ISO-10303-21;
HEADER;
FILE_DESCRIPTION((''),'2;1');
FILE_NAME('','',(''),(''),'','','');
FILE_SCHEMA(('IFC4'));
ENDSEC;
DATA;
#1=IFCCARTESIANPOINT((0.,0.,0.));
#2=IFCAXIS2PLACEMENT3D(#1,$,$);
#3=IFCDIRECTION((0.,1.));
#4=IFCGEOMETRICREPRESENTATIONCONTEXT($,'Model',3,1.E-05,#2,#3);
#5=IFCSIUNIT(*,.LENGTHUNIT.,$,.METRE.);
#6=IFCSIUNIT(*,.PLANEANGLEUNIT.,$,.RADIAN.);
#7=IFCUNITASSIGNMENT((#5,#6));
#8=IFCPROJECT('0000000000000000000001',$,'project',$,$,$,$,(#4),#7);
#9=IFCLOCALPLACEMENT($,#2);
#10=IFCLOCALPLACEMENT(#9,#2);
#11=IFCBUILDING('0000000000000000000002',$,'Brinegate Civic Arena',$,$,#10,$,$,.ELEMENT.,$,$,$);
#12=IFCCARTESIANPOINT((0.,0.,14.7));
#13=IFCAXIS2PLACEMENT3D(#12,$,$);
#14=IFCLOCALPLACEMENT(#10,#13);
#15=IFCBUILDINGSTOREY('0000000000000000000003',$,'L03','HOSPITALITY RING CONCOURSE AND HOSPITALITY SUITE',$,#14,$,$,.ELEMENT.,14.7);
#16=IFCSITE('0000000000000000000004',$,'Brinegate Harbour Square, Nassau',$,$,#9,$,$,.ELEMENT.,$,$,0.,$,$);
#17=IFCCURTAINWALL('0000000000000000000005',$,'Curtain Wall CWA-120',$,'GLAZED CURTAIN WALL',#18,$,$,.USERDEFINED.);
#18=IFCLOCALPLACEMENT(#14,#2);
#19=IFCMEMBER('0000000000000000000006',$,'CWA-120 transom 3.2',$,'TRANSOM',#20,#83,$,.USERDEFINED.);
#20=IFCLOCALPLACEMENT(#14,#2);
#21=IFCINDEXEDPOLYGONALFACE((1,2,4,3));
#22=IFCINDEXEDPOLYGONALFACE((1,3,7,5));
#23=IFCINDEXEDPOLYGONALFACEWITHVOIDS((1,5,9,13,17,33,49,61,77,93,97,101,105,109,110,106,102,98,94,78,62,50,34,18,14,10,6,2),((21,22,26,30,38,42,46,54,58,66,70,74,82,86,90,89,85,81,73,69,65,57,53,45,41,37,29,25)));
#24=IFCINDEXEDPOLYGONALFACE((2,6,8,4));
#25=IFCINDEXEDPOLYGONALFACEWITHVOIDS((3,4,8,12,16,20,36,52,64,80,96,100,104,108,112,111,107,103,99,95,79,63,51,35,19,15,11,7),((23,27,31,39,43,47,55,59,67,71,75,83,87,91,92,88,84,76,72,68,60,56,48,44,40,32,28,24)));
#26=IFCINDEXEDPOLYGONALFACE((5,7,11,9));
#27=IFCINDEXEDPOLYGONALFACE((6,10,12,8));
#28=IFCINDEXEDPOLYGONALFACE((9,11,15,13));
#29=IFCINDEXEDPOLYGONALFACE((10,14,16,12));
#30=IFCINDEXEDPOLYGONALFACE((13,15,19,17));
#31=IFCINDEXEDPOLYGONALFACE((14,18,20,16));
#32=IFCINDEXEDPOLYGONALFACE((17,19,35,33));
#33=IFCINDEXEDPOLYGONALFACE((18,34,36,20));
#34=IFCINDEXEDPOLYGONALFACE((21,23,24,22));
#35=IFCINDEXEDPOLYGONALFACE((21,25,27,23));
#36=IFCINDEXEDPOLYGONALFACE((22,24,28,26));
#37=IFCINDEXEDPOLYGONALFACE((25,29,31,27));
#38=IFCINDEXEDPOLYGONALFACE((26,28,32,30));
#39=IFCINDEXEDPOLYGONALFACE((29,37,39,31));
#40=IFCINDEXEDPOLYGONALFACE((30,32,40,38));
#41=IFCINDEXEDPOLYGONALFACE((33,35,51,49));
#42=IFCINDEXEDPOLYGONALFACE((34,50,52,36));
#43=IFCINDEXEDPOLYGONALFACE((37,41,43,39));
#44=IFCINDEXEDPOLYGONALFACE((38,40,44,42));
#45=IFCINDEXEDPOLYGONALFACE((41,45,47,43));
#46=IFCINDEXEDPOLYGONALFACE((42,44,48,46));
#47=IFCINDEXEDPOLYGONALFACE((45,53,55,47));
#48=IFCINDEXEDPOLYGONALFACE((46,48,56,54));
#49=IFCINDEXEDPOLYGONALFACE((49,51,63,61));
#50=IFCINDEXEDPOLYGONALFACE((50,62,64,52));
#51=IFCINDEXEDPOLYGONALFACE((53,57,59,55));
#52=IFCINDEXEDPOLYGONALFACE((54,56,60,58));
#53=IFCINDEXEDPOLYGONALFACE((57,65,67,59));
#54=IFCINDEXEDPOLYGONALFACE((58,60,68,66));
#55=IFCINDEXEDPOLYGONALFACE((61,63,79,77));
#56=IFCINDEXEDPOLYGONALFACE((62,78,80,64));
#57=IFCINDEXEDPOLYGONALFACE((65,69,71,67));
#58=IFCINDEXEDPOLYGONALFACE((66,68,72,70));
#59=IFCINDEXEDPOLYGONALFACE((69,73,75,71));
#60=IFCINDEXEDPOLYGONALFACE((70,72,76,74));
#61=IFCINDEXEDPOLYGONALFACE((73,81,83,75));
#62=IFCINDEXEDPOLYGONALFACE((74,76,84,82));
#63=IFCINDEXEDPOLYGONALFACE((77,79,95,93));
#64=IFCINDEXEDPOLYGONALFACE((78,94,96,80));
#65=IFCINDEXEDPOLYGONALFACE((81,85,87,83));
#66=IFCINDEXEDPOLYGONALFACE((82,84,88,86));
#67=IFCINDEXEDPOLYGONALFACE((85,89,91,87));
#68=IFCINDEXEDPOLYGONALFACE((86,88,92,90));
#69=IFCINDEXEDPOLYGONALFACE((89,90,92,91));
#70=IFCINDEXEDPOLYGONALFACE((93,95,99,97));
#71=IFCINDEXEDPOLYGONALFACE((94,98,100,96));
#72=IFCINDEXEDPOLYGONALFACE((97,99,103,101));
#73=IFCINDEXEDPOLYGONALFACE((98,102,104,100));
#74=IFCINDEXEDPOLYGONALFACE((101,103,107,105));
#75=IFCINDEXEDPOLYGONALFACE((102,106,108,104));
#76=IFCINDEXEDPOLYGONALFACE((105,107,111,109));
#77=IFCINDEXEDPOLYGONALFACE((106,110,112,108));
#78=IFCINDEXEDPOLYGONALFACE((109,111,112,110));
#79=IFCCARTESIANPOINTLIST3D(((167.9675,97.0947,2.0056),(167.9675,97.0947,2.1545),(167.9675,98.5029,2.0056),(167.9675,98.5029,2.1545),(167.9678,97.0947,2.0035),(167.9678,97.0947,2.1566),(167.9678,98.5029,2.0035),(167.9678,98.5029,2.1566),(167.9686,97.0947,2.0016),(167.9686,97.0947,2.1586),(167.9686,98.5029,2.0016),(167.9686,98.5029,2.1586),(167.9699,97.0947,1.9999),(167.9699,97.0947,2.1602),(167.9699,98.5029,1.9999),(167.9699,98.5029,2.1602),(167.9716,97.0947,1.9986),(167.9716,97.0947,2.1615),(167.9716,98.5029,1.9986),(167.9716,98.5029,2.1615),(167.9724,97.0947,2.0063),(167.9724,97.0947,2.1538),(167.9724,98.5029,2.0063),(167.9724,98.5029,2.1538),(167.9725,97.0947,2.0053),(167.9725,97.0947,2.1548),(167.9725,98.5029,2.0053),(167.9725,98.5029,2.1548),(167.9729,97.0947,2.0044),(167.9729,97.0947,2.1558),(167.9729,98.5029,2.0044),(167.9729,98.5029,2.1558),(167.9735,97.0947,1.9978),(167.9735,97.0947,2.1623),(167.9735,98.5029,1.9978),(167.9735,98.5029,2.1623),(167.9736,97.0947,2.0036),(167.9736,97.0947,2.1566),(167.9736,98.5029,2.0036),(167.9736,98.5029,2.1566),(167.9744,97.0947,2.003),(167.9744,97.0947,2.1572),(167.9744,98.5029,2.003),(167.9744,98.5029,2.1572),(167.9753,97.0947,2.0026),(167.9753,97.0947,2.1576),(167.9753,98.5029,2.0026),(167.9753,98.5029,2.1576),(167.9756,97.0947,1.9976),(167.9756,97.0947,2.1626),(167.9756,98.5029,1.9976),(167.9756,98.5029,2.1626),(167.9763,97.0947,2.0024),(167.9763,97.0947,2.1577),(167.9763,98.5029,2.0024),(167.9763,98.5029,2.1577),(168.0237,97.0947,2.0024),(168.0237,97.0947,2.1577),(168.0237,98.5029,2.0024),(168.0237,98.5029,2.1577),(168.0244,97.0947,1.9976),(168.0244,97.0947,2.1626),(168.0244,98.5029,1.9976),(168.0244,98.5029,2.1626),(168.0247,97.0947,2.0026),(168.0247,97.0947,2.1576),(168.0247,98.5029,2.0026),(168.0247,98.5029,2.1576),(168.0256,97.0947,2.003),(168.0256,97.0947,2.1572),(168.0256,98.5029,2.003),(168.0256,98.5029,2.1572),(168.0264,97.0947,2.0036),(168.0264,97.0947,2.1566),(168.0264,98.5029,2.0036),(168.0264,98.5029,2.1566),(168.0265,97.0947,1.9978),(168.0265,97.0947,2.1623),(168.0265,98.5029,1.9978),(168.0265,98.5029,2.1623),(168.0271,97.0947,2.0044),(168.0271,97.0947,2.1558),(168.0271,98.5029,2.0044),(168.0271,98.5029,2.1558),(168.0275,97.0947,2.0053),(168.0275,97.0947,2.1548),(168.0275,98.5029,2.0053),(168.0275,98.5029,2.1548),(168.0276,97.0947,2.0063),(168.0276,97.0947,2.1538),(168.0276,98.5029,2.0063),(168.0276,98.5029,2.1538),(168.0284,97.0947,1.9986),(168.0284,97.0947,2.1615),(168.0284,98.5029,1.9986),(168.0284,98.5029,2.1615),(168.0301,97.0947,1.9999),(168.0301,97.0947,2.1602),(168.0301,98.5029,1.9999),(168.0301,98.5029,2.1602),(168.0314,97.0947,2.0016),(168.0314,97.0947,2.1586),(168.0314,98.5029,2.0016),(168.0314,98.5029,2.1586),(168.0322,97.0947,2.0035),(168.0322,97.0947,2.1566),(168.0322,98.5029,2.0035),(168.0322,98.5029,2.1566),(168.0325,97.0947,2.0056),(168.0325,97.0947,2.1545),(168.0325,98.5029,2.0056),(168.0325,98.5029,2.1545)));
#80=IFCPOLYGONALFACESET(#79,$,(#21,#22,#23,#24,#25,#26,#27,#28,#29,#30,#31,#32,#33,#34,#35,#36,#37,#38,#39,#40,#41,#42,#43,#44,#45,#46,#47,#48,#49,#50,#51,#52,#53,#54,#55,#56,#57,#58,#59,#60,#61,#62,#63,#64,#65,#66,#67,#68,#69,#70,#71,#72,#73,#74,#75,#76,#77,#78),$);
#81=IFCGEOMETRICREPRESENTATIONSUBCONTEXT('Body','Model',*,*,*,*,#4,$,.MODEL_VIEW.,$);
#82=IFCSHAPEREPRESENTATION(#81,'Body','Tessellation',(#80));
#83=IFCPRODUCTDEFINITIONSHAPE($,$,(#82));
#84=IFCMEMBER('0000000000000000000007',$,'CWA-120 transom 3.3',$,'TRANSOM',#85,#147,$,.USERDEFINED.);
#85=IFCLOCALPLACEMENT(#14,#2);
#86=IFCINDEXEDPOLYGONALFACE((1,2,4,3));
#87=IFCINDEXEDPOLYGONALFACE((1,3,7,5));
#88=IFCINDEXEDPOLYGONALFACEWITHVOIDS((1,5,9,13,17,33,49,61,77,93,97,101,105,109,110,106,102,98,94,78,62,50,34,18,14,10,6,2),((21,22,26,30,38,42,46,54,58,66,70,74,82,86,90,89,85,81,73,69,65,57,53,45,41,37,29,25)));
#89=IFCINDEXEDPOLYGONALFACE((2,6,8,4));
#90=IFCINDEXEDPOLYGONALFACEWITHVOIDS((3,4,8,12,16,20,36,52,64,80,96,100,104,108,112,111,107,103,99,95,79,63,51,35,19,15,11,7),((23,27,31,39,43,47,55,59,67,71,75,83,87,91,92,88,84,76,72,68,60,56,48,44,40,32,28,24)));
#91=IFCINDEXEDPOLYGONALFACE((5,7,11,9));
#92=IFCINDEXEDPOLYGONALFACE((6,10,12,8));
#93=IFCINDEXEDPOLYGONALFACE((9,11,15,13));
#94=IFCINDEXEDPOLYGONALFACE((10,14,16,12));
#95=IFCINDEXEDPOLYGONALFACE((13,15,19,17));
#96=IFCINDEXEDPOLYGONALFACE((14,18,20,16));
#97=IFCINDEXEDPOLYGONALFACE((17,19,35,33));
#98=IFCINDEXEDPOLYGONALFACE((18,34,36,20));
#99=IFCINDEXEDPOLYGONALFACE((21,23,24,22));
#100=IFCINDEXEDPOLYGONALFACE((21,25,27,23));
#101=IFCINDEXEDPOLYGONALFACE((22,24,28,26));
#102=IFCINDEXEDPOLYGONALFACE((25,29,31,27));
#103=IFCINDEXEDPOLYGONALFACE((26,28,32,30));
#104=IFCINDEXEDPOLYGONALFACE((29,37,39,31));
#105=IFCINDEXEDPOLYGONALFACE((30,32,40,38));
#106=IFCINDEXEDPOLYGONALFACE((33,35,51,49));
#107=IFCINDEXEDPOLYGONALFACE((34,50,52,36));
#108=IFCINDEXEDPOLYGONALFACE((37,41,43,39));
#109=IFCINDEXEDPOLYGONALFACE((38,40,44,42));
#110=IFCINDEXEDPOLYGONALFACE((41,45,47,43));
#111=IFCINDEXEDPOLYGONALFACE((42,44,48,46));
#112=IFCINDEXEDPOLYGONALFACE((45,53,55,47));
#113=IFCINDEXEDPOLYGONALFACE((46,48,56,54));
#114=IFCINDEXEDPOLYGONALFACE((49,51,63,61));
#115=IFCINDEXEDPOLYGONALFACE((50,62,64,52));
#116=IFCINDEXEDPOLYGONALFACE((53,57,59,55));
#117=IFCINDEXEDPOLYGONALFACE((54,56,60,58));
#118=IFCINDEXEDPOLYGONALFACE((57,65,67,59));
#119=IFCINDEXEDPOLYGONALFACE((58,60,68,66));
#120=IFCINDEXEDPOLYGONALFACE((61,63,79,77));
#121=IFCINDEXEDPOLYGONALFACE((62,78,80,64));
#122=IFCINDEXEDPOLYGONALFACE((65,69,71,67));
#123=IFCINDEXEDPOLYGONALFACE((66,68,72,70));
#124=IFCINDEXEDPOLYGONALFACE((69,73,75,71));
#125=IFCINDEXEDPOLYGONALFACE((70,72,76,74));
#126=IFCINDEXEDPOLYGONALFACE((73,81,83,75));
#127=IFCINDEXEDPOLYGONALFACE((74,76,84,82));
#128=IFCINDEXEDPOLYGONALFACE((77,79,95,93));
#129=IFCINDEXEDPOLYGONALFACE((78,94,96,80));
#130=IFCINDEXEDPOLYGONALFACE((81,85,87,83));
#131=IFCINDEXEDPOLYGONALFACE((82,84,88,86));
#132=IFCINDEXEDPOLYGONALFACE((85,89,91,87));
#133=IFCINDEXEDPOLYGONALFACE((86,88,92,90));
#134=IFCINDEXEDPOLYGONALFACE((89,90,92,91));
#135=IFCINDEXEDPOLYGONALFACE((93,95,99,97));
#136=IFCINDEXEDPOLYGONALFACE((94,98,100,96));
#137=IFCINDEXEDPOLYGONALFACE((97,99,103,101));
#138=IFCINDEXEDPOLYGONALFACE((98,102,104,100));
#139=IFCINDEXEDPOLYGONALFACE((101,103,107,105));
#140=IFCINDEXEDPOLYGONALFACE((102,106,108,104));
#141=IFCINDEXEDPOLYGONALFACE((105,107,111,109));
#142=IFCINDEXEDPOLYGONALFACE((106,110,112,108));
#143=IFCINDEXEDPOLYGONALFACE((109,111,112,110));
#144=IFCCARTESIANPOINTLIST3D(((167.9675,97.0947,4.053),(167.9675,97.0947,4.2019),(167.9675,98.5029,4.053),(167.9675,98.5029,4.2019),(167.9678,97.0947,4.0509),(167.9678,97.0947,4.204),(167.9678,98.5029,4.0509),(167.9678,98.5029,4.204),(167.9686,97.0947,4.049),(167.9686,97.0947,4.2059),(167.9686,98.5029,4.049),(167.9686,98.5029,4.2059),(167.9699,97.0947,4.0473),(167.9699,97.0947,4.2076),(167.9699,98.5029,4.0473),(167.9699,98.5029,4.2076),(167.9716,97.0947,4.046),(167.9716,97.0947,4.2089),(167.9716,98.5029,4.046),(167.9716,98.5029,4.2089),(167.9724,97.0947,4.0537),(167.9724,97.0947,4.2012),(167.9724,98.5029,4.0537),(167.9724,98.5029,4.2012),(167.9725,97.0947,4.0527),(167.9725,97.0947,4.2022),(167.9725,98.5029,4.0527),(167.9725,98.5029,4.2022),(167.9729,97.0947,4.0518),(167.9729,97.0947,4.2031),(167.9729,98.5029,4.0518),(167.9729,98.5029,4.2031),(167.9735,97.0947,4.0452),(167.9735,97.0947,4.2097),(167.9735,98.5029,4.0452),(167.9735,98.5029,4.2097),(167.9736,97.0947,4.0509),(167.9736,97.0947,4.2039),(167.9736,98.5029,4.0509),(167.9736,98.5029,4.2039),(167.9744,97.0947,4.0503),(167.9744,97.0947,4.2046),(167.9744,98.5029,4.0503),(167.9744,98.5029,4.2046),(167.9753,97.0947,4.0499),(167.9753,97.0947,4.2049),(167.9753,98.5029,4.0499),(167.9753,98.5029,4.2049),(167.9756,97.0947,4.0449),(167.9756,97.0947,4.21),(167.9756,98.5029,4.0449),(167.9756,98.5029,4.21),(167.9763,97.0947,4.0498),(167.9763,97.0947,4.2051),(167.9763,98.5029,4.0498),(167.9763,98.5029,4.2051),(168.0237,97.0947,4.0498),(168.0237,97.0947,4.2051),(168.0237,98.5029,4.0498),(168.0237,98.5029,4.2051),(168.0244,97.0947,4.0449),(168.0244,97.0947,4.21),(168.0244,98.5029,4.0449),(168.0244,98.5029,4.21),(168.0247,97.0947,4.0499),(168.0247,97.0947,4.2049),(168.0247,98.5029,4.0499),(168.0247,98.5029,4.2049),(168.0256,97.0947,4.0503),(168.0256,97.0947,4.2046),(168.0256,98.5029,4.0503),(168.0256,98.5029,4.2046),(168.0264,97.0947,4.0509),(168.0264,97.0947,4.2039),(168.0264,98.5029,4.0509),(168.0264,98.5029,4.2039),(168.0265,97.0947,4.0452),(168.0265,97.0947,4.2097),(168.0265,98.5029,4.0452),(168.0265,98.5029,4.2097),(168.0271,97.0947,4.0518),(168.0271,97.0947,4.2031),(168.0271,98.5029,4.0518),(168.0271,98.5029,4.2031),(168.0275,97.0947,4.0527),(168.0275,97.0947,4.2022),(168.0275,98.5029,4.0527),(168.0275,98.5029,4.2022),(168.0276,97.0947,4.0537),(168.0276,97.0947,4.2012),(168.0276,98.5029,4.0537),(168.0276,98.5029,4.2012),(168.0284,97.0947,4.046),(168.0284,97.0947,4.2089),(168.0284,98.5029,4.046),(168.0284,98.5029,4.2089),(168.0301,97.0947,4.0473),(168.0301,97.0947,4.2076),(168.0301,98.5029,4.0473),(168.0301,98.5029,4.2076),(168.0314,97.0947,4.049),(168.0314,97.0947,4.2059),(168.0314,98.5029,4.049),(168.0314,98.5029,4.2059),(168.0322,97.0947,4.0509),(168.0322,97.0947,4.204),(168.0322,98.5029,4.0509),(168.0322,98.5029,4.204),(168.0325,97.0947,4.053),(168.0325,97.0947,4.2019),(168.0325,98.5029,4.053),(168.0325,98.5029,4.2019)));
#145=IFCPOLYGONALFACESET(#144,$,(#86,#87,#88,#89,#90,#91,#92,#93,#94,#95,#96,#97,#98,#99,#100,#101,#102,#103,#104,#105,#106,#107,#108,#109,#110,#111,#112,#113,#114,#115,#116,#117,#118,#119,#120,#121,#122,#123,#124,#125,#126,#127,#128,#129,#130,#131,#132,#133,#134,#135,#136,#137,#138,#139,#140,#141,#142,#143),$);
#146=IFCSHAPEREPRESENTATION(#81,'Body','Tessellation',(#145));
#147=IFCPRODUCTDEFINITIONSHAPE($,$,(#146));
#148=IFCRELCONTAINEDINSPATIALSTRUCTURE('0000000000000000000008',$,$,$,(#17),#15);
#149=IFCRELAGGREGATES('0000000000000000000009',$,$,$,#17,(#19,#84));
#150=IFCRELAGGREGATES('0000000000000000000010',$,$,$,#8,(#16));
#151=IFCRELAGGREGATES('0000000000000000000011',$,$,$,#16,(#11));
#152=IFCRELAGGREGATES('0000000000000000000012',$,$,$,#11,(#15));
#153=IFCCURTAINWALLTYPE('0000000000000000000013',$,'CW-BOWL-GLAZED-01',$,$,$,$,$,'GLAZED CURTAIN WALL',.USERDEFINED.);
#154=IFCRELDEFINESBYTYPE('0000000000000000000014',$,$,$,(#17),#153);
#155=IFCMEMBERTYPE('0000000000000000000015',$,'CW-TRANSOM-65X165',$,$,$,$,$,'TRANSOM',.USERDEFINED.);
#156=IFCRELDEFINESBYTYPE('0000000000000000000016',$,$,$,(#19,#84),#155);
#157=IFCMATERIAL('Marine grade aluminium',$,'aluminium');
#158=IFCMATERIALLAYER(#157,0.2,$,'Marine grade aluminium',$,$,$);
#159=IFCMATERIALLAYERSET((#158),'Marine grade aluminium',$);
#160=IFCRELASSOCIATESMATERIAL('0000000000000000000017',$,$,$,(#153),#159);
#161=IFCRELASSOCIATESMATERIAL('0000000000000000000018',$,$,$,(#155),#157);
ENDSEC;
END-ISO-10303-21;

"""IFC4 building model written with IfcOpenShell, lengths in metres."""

from ifc_helpers import new_model, si_unit, direction, frame, origin, origin_2d, place, context, subcontext, project, spatial, hollow_rectangle, extrude, material, layer, layer_set, material_profile, profile_set, type_object, element, aggregate, save


model = new_model("IFC4")

# Units and contexts
model_context = context("Model", 3, precision=1e-05, world=origin(), true_north=direction((0.0, 1.0)))
body_context = subcontext(model_context, "Body", "Model", "MODEL_VIEW")
ifc_project = project(units=[si_unit("LENGTHUNIT", "METRE"), si_unit("PLANEANGLEUNIT", "RADIAN")], contexts=[model_context])

# Site, building, storey
site_placement = place(None, origin())
site = spatial("IfcSite", under=ifc_project, at=site_placement, Name="Brinegate Harbour Square, Nassau", CompositionType="ELEMENT", RefElevation=0.0)
building_placement = place(site_placement, origin())
building = spatial("IfcBuilding", under=site, at=building_placement, Name="Brinegate Civic Arena", CompositionType="ELEMENT")
storey_placement = place(building_placement, frame((0.0, 0.0, 14.7)))
storey = spatial("IfcBuildingStorey", under=building, at=storey_placement, Name="L03", Description="HOSPITALITY RING CONCOURSE AND HOSPITALITY SUITE", CompositionType="ELEMENT", Elevation=14.7)

# Curtain wall, members
ifc_material_1 = material(Name="Marine grade aluminium", Category="aluminium")
ifc_layer_1 = layer(ifc_material_1, 0.2, Name="Marine grade aluminium")
ifc_layer_set_1 = layer_set([ifc_layer_1], Name="Marine grade aluminium")
curtain_wall_type = type_object("IfcCurtainWallType", Name="CW-BOWL-GLAZED-01", ElementType="GLAZED CURTAIN WALL", PredefinedType="USERDEFINED", material=ifc_layer_set_1)
curtain_wall_placement = place(storey_placement, origin())
curtain_wall = element("IfcCurtainWall", 1, at=curtain_wall_placement, inside=storey, type_object=curtain_wall_type, Name="Curtain Wall CWA-120", ObjectType="GLAZED CURTAIN WALL", PredefinedType="USERDEFINED")
ifc_material_profile_1 = material_profile(ifc_material_1, hollow_rectangle(XDim=0.0649, YDim=0.165, WallThickness=0.0049, InnerFilletRadius=0.0039, OuterFilletRadius=0.0081, at=origin_2d()), Name="TRN65X165")
ifc_profile_set_1 = profile_set([ifc_material_profile_1], Name="Marine grade aluminium")
member_type_1 = type_object("IfcMemberType", Name="CW-TRANSOM-65X165", ElementType="TRANSOM", PredefinedType="USERDEFINED", material=ifc_profile_set_1)
member_1_placement = place(storey_placement, frame((168.0, 97.0947, 2.0801), z_axis=(0.0, 1.0, 0.0), x_axis=(-1.0, 0.0, 0.0)))
member_1 = element("IfcMember", 2, at=member_1_placement, type_object=member_type_1, Name="CWA-120 transom 3.2", ObjectType="TRANSOM", PredefinedType="USERDEFINED", context=body_context, shape_type="SweptSolid", body=[
    extrude(hollow_rectangle(XDim=0.0649, YDim=0.165, WallThickness=0.0049, InnerFilletRadius=0.0039, OuterFilletRadius=0.0081, at=origin_2d()), origin(), (0.0, 0.0, 1.0), 1.4082),
])
member_2_placement = place(storey_placement, frame((168.0, 97.0947, 4.1274), z_axis=(0.0, 1.0, 0.0), x_axis=(-1.0, 0.0, 0.0)))
member_2 = element("IfcMember", 3, at=member_2_placement, type_object=member_type_1, Name="CWA-120 transom 3.3", ObjectType="TRANSOM", PredefinedType="USERDEFINED", context=body_context, shape_type="SweptSolid", body=[
    extrude(hollow_rectangle(XDim=0.0649, YDim=0.165, WallThickness=0.0049, InnerFilletRadius=0.0039, OuterFilletRadius=0.0081, at=origin_2d()), origin(), (0.0, 0.0, 1.0), 1.4082),
])

aggregate(curtain_wall, [member_1, member_2])

save(model, "model.ifc")
